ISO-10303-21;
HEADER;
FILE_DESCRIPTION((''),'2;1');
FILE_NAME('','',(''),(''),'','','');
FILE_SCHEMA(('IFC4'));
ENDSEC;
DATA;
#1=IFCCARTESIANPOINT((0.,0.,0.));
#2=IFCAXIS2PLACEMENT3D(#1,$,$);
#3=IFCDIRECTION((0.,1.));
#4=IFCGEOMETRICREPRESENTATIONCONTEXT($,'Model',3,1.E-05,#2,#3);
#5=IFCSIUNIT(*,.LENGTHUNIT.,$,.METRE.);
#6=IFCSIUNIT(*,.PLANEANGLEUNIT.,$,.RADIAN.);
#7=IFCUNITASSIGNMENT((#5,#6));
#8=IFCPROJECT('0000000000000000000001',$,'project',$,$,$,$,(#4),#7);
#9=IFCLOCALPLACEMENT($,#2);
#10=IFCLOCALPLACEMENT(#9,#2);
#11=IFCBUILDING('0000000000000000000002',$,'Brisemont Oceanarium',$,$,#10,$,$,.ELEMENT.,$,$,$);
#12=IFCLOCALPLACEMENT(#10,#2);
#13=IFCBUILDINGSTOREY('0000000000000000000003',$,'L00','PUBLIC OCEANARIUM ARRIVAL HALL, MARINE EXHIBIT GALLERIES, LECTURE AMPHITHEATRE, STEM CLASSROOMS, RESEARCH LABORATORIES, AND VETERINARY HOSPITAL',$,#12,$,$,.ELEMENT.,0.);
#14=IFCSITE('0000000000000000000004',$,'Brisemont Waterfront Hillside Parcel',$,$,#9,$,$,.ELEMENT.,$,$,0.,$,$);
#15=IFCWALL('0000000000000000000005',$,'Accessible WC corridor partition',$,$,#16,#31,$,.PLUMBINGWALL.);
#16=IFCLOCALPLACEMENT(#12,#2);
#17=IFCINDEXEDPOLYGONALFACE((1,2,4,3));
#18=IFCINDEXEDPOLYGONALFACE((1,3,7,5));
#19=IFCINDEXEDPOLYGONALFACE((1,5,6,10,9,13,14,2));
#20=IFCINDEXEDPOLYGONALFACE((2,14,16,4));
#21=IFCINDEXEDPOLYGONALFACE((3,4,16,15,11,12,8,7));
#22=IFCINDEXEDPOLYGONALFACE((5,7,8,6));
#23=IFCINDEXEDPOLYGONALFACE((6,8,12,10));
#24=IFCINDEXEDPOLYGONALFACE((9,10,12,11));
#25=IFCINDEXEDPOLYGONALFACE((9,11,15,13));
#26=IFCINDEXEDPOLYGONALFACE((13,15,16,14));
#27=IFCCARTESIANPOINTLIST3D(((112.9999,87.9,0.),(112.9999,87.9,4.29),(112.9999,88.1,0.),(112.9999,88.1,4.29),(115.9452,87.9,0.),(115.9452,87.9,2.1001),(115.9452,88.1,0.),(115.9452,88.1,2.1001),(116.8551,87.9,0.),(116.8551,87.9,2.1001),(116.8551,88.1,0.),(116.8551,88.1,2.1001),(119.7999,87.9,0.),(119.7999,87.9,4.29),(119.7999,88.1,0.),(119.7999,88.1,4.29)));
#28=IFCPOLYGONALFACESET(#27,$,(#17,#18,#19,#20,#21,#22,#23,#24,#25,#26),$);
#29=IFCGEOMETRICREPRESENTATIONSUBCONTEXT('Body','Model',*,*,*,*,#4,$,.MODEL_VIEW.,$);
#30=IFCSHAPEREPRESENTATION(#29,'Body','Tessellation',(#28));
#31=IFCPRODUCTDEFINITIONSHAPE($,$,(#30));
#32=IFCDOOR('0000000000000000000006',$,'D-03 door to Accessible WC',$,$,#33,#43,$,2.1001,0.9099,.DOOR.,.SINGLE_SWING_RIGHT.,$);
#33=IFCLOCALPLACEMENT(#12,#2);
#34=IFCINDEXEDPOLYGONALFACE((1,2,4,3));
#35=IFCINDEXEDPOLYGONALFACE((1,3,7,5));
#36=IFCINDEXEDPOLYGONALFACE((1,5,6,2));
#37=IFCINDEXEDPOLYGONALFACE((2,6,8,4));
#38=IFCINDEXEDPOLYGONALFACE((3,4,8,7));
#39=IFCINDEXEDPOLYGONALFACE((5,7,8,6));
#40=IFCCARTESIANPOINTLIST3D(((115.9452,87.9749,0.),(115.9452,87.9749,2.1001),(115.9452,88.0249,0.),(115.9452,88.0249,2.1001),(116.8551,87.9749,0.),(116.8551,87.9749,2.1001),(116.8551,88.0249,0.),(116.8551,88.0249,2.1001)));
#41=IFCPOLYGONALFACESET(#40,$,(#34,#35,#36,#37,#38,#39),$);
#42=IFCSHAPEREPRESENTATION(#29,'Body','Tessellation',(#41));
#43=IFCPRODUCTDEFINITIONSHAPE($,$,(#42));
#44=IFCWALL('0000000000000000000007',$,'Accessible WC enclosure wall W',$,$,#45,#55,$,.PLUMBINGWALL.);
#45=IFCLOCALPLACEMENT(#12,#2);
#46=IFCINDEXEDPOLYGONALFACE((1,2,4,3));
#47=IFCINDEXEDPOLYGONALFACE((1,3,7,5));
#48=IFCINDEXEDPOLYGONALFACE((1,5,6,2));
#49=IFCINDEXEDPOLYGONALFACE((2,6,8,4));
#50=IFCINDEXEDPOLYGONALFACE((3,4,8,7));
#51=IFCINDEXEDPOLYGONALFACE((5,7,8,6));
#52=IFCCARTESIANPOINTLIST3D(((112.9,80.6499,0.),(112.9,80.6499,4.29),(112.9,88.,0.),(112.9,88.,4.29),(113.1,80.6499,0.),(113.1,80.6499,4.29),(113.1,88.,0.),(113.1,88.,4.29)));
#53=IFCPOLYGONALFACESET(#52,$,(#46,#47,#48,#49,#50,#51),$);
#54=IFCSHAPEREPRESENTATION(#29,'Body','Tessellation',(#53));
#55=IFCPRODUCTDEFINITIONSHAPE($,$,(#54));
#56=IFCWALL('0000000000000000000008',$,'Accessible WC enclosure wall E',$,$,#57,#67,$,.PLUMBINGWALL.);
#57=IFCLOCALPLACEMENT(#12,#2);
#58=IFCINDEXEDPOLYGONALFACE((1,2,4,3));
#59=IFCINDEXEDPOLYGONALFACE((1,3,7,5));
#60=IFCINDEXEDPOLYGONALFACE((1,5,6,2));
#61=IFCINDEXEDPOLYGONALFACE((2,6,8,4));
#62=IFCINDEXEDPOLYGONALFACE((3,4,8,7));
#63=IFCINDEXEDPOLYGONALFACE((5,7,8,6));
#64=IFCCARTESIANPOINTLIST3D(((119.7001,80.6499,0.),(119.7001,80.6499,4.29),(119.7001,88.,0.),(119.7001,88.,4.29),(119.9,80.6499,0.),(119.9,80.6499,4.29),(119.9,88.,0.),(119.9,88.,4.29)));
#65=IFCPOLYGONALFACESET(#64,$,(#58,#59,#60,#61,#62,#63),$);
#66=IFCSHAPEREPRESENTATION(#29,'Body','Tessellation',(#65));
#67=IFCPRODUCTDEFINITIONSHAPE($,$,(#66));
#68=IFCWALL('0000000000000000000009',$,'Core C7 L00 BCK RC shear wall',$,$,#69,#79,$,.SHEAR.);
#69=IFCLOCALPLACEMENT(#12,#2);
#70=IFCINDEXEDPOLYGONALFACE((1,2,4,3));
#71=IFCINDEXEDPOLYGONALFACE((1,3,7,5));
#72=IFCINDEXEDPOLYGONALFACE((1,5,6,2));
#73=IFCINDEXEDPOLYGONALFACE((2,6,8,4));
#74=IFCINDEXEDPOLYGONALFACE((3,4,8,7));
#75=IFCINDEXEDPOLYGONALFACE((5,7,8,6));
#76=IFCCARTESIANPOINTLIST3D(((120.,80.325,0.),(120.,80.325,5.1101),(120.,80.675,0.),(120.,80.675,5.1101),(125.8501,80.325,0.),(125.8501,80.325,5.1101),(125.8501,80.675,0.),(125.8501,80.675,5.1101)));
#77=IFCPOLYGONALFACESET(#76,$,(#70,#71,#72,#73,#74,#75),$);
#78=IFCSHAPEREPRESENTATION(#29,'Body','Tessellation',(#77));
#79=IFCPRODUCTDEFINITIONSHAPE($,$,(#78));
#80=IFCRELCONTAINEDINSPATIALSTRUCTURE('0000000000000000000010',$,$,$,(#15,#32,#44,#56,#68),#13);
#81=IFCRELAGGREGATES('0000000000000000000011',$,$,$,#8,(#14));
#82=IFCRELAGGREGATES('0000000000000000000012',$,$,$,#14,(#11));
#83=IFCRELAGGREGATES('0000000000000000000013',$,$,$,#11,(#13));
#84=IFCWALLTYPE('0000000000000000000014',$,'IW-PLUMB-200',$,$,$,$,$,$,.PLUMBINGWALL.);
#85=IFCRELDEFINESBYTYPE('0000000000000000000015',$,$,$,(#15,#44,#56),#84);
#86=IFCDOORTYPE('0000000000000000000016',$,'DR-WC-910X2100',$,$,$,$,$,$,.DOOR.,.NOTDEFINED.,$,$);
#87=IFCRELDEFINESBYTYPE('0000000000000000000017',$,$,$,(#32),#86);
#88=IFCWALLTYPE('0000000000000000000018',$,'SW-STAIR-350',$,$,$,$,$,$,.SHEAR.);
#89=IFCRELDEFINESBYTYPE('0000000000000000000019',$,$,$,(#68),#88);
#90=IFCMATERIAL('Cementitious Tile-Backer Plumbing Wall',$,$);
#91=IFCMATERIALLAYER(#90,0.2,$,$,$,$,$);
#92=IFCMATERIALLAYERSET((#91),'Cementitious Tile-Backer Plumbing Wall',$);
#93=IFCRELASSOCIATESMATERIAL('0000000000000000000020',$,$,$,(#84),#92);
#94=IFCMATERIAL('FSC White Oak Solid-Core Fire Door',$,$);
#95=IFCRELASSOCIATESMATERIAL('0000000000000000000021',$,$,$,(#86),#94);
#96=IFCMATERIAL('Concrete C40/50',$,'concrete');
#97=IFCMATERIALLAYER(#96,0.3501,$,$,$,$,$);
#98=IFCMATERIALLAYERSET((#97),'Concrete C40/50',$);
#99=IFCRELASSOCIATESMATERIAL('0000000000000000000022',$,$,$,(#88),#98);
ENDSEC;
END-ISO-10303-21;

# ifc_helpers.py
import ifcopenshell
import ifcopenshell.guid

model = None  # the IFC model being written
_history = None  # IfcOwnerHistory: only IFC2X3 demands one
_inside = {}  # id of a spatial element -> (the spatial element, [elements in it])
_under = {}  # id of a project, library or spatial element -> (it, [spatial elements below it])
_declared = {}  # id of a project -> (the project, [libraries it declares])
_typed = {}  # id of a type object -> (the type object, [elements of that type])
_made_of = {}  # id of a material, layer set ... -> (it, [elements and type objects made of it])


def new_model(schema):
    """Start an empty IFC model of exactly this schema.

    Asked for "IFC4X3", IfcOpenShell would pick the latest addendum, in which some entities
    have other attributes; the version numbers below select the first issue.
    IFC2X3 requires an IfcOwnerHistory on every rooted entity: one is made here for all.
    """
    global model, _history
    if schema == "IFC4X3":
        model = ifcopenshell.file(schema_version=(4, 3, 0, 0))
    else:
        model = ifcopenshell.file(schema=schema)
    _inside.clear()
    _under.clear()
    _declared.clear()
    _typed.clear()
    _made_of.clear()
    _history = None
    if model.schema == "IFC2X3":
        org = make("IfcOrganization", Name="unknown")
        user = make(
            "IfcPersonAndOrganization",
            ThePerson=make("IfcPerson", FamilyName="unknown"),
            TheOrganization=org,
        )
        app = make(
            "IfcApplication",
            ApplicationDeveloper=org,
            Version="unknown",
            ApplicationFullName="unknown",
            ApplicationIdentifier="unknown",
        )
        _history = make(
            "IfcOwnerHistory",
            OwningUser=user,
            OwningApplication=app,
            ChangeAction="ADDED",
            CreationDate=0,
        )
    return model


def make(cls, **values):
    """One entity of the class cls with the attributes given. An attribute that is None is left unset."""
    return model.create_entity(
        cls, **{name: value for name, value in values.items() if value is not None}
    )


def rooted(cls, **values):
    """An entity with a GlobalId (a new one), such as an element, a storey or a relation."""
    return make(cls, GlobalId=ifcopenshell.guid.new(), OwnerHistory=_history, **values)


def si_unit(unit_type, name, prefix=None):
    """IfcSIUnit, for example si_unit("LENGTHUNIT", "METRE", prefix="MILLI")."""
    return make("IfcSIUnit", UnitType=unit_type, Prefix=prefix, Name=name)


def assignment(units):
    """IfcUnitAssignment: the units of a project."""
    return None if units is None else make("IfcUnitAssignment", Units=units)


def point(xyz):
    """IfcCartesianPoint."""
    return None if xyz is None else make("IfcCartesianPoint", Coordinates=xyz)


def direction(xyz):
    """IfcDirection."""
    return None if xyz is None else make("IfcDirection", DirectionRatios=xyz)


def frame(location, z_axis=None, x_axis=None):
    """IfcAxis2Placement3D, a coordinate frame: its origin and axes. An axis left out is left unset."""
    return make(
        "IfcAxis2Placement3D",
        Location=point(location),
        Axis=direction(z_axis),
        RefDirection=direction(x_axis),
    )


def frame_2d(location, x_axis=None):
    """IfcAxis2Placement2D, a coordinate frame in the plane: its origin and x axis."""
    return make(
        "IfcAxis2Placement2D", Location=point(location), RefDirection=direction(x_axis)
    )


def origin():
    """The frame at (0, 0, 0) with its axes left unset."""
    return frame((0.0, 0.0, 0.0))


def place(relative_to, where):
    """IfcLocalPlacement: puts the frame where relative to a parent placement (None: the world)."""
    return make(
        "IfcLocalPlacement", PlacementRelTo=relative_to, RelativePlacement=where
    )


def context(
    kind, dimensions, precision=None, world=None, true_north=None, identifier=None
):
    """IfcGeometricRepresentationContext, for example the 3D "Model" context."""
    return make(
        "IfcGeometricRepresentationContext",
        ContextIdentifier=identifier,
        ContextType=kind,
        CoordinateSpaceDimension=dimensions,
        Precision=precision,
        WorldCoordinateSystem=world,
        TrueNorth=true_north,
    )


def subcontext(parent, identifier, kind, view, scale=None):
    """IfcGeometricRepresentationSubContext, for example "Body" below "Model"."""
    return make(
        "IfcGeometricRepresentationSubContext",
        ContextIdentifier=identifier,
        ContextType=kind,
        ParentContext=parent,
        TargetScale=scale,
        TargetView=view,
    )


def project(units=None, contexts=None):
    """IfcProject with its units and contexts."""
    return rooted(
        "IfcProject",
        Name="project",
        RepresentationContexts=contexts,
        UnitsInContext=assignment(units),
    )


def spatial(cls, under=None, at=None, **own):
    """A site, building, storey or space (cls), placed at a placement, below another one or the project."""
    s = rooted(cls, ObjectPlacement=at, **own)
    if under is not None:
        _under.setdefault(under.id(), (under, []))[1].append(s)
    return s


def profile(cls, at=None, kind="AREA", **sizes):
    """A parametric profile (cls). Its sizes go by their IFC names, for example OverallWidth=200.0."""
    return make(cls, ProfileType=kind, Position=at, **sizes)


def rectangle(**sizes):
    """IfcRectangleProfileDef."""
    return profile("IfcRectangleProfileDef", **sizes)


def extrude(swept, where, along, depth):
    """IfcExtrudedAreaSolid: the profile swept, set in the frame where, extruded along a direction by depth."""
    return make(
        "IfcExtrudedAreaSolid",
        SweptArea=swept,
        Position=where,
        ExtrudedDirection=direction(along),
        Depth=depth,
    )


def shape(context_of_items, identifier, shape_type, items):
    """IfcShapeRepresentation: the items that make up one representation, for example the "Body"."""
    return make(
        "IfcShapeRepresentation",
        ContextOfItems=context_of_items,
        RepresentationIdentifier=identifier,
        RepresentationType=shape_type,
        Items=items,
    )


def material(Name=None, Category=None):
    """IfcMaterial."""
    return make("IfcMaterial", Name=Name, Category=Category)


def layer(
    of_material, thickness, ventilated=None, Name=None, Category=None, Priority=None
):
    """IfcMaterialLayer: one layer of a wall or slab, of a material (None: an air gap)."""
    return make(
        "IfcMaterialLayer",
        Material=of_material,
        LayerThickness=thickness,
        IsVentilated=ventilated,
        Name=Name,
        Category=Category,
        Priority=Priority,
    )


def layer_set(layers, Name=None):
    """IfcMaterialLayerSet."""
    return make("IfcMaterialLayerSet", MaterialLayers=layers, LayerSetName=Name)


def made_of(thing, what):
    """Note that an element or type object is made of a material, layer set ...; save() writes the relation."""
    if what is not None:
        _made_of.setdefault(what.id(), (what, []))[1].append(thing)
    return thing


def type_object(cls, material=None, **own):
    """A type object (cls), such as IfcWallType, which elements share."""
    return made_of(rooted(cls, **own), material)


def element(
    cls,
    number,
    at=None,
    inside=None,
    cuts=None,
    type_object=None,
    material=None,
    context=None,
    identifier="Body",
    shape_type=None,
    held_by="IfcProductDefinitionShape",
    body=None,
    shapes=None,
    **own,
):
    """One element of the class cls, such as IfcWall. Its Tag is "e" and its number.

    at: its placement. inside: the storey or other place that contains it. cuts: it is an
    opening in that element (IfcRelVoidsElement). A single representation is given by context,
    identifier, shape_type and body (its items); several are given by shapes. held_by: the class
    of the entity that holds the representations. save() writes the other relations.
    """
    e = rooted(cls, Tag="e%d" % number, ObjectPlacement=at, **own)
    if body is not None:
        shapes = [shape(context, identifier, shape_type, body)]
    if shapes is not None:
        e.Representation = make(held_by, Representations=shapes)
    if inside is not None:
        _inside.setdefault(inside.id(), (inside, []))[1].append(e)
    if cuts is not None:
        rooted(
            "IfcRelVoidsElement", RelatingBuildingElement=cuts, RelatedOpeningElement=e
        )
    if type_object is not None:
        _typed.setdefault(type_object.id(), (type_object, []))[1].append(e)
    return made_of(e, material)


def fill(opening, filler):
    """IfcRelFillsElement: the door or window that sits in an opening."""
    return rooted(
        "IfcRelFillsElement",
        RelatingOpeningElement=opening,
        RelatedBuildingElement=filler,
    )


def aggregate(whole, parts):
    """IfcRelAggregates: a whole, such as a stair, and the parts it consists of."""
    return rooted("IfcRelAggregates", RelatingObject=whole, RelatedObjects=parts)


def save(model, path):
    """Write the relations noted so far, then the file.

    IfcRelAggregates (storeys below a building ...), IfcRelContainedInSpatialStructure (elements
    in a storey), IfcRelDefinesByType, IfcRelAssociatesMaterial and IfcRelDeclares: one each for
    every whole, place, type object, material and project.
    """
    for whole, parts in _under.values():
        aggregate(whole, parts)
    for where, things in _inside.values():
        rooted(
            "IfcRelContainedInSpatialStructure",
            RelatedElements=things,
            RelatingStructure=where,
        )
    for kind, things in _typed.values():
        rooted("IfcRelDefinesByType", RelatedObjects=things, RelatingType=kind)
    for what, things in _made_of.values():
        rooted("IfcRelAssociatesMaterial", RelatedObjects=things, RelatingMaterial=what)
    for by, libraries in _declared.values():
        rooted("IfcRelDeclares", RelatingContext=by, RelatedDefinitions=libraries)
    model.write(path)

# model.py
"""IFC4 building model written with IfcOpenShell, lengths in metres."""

from ifc_helpers import new_model, si_unit, direction, frame, frame_2d, origin, place, context, subcontext, project, spatial, rectangle, extrude, material, layer, layer_set, type_object, element, fill, save


model = new_model("IFC4")

# Units and contexts
model_context = context("Model", 3, precision=1e-05, world=origin(), true_north=direction((0.0, 1.0)))
body_context = subcontext(model_context, "Body", "Model", "MODEL_VIEW")
ifc_project = project(units=[si_unit("LENGTHUNIT", "METRE"), si_unit("PLANEANGLEUNIT", "RADIAN")], contexts=[model_context])

# Site, building, storey
site_placement = place(None, origin())
site = spatial("IfcSite", under=ifc_project, at=site_placement, Name="Brisemont Waterfront Hillside Parcel", CompositionType="ELEMENT", RefElevation=0.0)
building_placement = place(site_placement, origin())
building = spatial("IfcBuilding", under=site, at=building_placement, Name="Brisemont Oceanarium", CompositionType="ELEMENT")
storey_placement = place(building_placement, origin())
storey = spatial("IfcBuildingStorey", under=building, at=storey_placement, Name="L00", Description="PUBLIC OCEANARIUM ARRIVAL HALL, MARINE EXHIBIT GALLERIES, LECTURE AMPHITHEATRE, STEM CLASSROOMS, RESEARCH LABORATORIES, AND VETERINARY HOSPITAL", CompositionType="ELEMENT", Elevation=0.0)

# Wall, opening, door
ifc_material_1 = material(Name="Cementitious Tile-Backer Plumbing Wall")
ifc_layer_1 = layer(ifc_material_1, 0.2)
ifc_layer_set_1 = layer_set([ifc_layer_1], Name="Cementitious Tile-Backer Plumbing Wall")
wall_type_1 = type_object("IfcWallType", Name="IW-PLUMB-200", PredefinedType="PLUMBINGWALL", material=ifc_layer_set_1)
wall_1_placement = place(storey_placement, frame((113.0, 88.0, 0.0), z_axis=(0.0, 0.0, 1.0), x_axis=(1.0, 0.0, 0.0)))
wall_1 = element("IfcWall", 1, at=wall_1_placement, inside=storey, type_object=wall_type_1, Name="Accessible WC corridor partition", PredefinedType="PLUMBINGWALL", context=body_context, shape_type="SweptSolid", body=[
    extrude(rectangle(XDim=6.8, YDim=0.2, at=frame_2d((3.3999, 0.0))), origin(), (0.0, 0.0, 1.0), 4.29),
])
opening_1_placement = place(wall_1_placement, frame((2.9451, 0.0, 0.0)))
opening_1 = element("IfcOpeningElement", 2, at=opening_1_placement, cuts=wall_1, PredefinedType="OPENING", context=body_context, shape_type="SweptSolid", body=[
    extrude(rectangle(XDim=0.9099, YDim=2.1001, at=frame_2d((0.4551, 1.05))), frame((0.0, 0.1099, 0.0), z_axis=(0.0, -1.0, 0.0), x_axis=(1.0, 0.0, 0.0)), (0.0, 0.0, 1.0), 0.22),
])
ifc_material_2 = material(Name="FSC White Oak Solid-Core Fire Door")
door_type_1 = type_object("IfcDoorType", Name="DR-WC-910X2100", OperationType="NOTDEFINED", PredefinedType="DOOR", material=ifc_material_2)
door_1_placement = place(opening_1_placement, origin())
door_1 = element("IfcDoor", 3, at=door_1_placement, inside=storey, type_object=door_type_1, Name="D-03 door to Accessible WC", OperationType="SINGLE_SWING_RIGHT", OverallHeight=2.1001, OverallWidth=0.9099, PredefinedType="DOOR", context=body_context, shape_type="SweptSolid", body=[
    extrude(rectangle(XDim=0.9099, YDim=2.1001, at=frame_2d((0.4551, 1.05))), frame((0.0, 0.0249, 0.0), z_axis=(0.0, -1.0, 0.0), x_axis=(1.0, 0.0, 0.0)), (0.0, 0.0, 1.0), 0.05),
])
fill(opening_1, door_1)

# Walls
for number, where, z_axis, x_axis, name in (
    (4, (113.0, 80.6499, 0.0), (0.0, 0.0, 1.0), (0.0, 1.0, 0.0), "Accessible WC enclosure wall W"),
    (5, (119.8, 80.6499, 0.0), (0.0, 0.0, 1.0), (0.0, 1.0, 0.0), "Accessible WC enclosure wall E"),
):
    element("IfcWall", number, at=place(storey_placement, frame(where, z_axis=z_axis, x_axis=x_axis)), inside=storey, type_object=wall_type_1, Name=name, PredefinedType="PLUMBINGWALL", context=body_context, shape_type="SweptSolid", body=[
        extrude(rectangle(XDim=7.3501, YDim=0.2, at=frame_2d((3.675, 0.0))), origin(), (0.0, 0.0, 1.0), 4.29),
    ])

# Shared definitions
ifc_material_3 = material(Name="Concrete C40/50", Category="concrete")
ifc_layer_2 = layer(ifc_material_3, 0.3501)
ifc_layer_set_2 = layer_set([ifc_layer_2], Name="Concrete C40/50")
wall_type_2 = type_object("IfcWallType", Name="SW-STAIR-350", PredefinedType="SHEAR", material=ifc_layer_set_2)

# Wall
wall_2_placement = place(storey_placement, frame((120.0, 80.5, 0.0), z_axis=(0.0, 0.0, 1.0), x_axis=(1.0, 0.0, 0.0)))
element("IfcWall", 6, at=wall_2_placement, inside=storey, type_object=wall_type_2, Name="Core C7 L00 BCK RC shear wall", PredefinedType="SHEAR", context=body_context, shape_type="SweptSolid", body=[
    extrude(rectangle(XDim=5.8501, YDim=0.3501, at=frame_2d((2.925, 0.0))), origin(), (0.0, 0.0, 1.0), 5.1101),
])

save(model, "model.ifc")
